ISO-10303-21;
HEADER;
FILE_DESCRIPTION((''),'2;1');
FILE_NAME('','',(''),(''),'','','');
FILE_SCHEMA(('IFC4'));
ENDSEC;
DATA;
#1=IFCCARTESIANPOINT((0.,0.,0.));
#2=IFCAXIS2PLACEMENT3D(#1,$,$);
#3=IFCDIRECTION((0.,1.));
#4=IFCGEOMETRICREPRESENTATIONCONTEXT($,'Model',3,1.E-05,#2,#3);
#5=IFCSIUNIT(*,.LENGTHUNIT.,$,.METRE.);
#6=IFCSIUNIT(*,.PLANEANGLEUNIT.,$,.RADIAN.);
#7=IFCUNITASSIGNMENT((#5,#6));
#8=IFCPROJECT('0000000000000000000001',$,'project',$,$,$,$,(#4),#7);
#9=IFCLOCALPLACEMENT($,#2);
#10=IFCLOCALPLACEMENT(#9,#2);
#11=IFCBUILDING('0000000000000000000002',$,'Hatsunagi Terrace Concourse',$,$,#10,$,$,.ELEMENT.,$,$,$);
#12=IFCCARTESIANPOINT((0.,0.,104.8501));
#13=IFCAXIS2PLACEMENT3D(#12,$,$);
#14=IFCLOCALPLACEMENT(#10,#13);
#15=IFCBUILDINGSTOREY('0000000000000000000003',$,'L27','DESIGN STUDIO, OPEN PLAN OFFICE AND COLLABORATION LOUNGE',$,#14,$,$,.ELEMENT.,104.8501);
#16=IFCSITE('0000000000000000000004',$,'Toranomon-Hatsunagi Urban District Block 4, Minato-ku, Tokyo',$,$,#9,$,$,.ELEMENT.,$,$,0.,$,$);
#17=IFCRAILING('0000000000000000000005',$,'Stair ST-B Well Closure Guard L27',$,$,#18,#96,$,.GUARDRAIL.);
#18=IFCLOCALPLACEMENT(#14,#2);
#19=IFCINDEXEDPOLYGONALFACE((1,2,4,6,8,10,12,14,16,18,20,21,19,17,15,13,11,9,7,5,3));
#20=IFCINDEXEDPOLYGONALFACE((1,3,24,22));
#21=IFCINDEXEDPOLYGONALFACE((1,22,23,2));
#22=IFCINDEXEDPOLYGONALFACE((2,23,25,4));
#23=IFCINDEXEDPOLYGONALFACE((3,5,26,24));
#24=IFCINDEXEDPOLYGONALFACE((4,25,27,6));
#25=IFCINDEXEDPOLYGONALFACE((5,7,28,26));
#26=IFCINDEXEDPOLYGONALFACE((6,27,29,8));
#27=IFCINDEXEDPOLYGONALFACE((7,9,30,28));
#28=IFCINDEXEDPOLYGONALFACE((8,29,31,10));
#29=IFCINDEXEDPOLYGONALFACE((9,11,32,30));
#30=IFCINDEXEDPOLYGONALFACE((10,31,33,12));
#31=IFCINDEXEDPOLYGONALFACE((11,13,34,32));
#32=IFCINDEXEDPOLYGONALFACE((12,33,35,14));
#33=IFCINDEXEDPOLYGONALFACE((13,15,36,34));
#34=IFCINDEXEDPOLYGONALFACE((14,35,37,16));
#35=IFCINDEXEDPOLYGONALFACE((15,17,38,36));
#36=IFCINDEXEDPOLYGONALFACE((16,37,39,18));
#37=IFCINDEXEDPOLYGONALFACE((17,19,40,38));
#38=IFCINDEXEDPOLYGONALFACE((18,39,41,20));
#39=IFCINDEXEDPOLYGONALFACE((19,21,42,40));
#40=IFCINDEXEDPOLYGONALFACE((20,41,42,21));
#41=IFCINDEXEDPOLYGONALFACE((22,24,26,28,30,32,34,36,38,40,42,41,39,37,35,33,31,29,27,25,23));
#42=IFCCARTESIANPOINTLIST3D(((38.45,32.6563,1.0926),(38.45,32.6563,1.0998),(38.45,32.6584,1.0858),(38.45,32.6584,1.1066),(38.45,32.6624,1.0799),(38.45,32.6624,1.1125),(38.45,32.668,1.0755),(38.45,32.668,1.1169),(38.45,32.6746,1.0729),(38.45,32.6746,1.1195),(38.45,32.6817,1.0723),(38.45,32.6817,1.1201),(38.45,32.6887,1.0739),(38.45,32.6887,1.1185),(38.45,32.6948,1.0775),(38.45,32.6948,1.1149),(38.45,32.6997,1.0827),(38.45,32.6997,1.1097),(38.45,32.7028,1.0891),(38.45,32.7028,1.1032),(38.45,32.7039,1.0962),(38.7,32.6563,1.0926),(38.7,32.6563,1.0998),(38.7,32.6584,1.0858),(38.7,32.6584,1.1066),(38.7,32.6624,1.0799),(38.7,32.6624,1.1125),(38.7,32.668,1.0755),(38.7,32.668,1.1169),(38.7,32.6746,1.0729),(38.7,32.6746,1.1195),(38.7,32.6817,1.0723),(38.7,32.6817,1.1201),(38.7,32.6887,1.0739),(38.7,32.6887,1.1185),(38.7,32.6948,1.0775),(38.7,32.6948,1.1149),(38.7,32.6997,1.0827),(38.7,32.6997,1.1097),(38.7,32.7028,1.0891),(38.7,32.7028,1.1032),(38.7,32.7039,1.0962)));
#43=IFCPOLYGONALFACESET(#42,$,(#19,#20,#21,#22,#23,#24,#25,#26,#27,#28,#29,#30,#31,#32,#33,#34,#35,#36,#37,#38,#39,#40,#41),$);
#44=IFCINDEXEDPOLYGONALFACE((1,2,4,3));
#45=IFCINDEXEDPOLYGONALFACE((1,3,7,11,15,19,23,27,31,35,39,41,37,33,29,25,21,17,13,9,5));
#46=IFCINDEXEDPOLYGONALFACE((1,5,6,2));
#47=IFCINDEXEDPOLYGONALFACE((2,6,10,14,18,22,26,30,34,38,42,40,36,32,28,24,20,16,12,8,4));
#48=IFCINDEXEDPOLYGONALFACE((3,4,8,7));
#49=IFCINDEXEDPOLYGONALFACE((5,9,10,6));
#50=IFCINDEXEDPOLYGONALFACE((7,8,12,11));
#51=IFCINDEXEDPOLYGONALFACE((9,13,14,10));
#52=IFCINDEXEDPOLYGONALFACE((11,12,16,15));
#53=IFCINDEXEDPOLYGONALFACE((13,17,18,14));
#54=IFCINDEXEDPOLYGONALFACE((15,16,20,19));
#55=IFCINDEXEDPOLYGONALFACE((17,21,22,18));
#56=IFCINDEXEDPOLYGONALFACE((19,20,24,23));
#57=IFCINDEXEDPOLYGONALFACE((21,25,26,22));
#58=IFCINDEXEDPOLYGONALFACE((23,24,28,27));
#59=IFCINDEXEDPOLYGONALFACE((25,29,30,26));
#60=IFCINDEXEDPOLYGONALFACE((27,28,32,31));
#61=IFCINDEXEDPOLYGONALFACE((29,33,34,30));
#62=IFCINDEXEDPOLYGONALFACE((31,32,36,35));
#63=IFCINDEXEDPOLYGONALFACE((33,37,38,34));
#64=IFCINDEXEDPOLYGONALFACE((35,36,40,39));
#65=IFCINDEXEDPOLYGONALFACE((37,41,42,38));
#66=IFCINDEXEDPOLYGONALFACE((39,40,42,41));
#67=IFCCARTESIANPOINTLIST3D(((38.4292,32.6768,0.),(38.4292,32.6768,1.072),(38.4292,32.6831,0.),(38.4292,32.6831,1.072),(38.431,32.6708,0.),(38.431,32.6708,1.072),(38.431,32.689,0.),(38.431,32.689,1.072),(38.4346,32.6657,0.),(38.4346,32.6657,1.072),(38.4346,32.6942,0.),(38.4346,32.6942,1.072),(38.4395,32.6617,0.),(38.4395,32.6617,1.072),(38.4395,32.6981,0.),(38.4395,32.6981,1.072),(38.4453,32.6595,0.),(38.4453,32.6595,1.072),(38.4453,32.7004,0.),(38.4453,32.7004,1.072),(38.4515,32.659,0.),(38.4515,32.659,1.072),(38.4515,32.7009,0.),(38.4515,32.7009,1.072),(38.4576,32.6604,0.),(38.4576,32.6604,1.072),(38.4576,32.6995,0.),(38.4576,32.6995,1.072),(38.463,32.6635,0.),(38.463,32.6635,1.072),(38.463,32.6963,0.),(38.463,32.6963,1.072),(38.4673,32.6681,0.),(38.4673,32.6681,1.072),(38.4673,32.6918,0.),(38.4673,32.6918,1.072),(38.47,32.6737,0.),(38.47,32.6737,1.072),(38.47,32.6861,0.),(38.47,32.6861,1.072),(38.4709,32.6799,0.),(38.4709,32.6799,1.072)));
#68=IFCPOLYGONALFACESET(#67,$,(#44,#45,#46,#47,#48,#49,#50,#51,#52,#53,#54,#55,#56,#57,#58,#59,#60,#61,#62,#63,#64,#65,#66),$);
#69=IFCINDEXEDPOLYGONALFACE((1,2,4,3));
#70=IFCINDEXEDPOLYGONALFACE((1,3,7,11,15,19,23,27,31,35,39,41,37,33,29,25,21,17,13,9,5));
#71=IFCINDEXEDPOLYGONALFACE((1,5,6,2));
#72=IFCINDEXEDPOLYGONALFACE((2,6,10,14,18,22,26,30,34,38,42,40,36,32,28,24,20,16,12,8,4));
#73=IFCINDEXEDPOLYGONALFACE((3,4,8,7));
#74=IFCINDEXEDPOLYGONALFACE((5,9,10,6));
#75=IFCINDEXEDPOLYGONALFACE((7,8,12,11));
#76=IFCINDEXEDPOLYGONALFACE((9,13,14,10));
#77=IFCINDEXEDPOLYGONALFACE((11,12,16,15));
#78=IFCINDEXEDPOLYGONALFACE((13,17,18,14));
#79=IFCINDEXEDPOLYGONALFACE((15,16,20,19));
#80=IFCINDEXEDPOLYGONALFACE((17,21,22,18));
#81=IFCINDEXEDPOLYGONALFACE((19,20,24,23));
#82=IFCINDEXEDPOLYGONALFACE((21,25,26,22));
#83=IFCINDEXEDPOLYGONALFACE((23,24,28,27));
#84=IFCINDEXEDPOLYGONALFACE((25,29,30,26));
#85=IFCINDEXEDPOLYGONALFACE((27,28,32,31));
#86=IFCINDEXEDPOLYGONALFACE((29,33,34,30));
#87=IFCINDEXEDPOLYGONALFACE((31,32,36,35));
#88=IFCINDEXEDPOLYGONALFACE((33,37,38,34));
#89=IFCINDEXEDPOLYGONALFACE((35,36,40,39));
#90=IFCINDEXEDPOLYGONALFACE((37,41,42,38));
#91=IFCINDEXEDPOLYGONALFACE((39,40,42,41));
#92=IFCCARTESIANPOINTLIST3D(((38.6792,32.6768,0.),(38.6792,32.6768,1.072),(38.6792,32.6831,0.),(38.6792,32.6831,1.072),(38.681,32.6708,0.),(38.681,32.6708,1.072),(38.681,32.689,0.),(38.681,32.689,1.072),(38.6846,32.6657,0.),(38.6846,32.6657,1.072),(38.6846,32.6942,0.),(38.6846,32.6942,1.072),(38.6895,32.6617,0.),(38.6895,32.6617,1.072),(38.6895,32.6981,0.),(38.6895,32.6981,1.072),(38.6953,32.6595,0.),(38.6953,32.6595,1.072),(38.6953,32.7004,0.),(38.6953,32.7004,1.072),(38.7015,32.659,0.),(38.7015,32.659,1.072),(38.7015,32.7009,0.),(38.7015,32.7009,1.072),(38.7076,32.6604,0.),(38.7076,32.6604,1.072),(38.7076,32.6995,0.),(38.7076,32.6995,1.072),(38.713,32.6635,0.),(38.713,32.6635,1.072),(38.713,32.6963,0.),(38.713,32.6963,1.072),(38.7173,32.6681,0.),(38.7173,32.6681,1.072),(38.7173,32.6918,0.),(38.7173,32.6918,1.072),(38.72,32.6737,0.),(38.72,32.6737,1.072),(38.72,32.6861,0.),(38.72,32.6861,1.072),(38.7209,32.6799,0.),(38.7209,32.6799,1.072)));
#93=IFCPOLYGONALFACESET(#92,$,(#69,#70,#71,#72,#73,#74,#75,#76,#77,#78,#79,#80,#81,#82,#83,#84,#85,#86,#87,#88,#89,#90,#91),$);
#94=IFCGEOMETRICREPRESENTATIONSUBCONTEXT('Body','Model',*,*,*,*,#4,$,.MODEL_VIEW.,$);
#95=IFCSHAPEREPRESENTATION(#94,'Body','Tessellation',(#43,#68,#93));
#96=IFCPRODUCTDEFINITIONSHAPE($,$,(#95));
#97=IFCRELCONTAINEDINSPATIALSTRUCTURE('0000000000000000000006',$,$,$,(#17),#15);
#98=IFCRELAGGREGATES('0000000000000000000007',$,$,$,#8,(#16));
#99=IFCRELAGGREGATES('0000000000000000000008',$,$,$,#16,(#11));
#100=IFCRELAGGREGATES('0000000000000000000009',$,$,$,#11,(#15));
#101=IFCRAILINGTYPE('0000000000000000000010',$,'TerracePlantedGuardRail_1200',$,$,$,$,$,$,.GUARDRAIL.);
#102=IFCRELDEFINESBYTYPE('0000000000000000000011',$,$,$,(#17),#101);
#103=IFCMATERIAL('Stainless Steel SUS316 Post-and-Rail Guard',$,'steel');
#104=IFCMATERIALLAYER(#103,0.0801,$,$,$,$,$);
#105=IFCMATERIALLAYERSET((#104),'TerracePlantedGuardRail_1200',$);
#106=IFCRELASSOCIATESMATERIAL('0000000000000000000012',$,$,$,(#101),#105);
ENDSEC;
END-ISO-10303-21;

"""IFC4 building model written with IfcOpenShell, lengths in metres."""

from ifc_helpers import new_model, si_unit, direction, frame, origin, origin_2d, place, context, subcontext, project, spatial, circle, extrude, material, layer, layer_set, type_object, element, save


model = new_model("IFC4")

# Units and contexts
model_context = context("Model", 3, precision=1e-05, world=origin(), true_north=direction((0.0, 1.0)))
body_context = subcontext(model_context, "Body", "Model", "MODEL_VIEW")
ifc_project = project(units=[si_unit("LENGTHUNIT", "METRE"), si_unit("PLANEANGLEUNIT", "RADIAN")], contexts=[model_context])

# Site, building, storey
site_placement = place(None, origin())
site = spatial("IfcSite", under=ifc_project, at=site_placement, Name="Toranomon-Hatsunagi Urban District Block 4, Minato-ku, Tokyo", CompositionType="ELEMENT", RefElevation=0.0)
building_placement = place(site_placement, origin())
building = spatial("IfcBuilding", under=site, at=building_placement, Name="Hatsunagi Terrace Concourse", CompositionType="ELEMENT")
storey_placement = place(building_placement, frame((0.0, 0.0, 104.8501)))
storey = spatial("IfcBuildingStorey", under=building, at=storey_placement, Name="L27", Description="DESIGN STUDIO, OPEN PLAN OFFICE AND COLLABORATION LOUNGE", CompositionType="ELEMENT", Elevation=104.8501)

# Railing
ifc_material_1 = material(Name="Stainless Steel SUS316 Post-and-Rail Guard", Category="steel")
ifc_layer_1 = layer(ifc_material_1, 0.0801)
ifc_layer_set_1 = layer_set([ifc_layer_1], Name="TerracePlantedGuardRail_1200")
railing_type_1 = type_object("IfcRailingType", Name="TerracePlantedGuardRail_1200", PredefinedType="GUARDRAIL", material=ifc_layer_set_1)
railing_1_placement = place(storey_placement, frame((38.45, 32.6799, 0.0)))
element("IfcRailing", 1, at=railing_1_placement, inside=storey, type_object=railing_type_1, Name="Stair ST-B Well Closure Guard L27", PredefinedType="GUARDRAIL", context=body_context, shape_type="SweptSolid", body=[
    extrude(circle(Radius=0.0239, at=origin_2d()), frame((0.0, 0.0, 1.0962), z_axis=(1.0, 0.0, 0.0), x_axis=(0.0, 1.0, 0.0)), (0.0, 0.0, 1.0), 0.25),
    extrude(circle(Radius=0.021, at=origin_2d()), origin(), (0.0, 0.0, 1.0), 1.072),
    extrude(circle(Radius=0.021, at=origin_2d()), frame((0.25, 0.0, 0.0)), (0.0, 0.0, 1.0), 1.072),
])

save(model, "model.ifc")
